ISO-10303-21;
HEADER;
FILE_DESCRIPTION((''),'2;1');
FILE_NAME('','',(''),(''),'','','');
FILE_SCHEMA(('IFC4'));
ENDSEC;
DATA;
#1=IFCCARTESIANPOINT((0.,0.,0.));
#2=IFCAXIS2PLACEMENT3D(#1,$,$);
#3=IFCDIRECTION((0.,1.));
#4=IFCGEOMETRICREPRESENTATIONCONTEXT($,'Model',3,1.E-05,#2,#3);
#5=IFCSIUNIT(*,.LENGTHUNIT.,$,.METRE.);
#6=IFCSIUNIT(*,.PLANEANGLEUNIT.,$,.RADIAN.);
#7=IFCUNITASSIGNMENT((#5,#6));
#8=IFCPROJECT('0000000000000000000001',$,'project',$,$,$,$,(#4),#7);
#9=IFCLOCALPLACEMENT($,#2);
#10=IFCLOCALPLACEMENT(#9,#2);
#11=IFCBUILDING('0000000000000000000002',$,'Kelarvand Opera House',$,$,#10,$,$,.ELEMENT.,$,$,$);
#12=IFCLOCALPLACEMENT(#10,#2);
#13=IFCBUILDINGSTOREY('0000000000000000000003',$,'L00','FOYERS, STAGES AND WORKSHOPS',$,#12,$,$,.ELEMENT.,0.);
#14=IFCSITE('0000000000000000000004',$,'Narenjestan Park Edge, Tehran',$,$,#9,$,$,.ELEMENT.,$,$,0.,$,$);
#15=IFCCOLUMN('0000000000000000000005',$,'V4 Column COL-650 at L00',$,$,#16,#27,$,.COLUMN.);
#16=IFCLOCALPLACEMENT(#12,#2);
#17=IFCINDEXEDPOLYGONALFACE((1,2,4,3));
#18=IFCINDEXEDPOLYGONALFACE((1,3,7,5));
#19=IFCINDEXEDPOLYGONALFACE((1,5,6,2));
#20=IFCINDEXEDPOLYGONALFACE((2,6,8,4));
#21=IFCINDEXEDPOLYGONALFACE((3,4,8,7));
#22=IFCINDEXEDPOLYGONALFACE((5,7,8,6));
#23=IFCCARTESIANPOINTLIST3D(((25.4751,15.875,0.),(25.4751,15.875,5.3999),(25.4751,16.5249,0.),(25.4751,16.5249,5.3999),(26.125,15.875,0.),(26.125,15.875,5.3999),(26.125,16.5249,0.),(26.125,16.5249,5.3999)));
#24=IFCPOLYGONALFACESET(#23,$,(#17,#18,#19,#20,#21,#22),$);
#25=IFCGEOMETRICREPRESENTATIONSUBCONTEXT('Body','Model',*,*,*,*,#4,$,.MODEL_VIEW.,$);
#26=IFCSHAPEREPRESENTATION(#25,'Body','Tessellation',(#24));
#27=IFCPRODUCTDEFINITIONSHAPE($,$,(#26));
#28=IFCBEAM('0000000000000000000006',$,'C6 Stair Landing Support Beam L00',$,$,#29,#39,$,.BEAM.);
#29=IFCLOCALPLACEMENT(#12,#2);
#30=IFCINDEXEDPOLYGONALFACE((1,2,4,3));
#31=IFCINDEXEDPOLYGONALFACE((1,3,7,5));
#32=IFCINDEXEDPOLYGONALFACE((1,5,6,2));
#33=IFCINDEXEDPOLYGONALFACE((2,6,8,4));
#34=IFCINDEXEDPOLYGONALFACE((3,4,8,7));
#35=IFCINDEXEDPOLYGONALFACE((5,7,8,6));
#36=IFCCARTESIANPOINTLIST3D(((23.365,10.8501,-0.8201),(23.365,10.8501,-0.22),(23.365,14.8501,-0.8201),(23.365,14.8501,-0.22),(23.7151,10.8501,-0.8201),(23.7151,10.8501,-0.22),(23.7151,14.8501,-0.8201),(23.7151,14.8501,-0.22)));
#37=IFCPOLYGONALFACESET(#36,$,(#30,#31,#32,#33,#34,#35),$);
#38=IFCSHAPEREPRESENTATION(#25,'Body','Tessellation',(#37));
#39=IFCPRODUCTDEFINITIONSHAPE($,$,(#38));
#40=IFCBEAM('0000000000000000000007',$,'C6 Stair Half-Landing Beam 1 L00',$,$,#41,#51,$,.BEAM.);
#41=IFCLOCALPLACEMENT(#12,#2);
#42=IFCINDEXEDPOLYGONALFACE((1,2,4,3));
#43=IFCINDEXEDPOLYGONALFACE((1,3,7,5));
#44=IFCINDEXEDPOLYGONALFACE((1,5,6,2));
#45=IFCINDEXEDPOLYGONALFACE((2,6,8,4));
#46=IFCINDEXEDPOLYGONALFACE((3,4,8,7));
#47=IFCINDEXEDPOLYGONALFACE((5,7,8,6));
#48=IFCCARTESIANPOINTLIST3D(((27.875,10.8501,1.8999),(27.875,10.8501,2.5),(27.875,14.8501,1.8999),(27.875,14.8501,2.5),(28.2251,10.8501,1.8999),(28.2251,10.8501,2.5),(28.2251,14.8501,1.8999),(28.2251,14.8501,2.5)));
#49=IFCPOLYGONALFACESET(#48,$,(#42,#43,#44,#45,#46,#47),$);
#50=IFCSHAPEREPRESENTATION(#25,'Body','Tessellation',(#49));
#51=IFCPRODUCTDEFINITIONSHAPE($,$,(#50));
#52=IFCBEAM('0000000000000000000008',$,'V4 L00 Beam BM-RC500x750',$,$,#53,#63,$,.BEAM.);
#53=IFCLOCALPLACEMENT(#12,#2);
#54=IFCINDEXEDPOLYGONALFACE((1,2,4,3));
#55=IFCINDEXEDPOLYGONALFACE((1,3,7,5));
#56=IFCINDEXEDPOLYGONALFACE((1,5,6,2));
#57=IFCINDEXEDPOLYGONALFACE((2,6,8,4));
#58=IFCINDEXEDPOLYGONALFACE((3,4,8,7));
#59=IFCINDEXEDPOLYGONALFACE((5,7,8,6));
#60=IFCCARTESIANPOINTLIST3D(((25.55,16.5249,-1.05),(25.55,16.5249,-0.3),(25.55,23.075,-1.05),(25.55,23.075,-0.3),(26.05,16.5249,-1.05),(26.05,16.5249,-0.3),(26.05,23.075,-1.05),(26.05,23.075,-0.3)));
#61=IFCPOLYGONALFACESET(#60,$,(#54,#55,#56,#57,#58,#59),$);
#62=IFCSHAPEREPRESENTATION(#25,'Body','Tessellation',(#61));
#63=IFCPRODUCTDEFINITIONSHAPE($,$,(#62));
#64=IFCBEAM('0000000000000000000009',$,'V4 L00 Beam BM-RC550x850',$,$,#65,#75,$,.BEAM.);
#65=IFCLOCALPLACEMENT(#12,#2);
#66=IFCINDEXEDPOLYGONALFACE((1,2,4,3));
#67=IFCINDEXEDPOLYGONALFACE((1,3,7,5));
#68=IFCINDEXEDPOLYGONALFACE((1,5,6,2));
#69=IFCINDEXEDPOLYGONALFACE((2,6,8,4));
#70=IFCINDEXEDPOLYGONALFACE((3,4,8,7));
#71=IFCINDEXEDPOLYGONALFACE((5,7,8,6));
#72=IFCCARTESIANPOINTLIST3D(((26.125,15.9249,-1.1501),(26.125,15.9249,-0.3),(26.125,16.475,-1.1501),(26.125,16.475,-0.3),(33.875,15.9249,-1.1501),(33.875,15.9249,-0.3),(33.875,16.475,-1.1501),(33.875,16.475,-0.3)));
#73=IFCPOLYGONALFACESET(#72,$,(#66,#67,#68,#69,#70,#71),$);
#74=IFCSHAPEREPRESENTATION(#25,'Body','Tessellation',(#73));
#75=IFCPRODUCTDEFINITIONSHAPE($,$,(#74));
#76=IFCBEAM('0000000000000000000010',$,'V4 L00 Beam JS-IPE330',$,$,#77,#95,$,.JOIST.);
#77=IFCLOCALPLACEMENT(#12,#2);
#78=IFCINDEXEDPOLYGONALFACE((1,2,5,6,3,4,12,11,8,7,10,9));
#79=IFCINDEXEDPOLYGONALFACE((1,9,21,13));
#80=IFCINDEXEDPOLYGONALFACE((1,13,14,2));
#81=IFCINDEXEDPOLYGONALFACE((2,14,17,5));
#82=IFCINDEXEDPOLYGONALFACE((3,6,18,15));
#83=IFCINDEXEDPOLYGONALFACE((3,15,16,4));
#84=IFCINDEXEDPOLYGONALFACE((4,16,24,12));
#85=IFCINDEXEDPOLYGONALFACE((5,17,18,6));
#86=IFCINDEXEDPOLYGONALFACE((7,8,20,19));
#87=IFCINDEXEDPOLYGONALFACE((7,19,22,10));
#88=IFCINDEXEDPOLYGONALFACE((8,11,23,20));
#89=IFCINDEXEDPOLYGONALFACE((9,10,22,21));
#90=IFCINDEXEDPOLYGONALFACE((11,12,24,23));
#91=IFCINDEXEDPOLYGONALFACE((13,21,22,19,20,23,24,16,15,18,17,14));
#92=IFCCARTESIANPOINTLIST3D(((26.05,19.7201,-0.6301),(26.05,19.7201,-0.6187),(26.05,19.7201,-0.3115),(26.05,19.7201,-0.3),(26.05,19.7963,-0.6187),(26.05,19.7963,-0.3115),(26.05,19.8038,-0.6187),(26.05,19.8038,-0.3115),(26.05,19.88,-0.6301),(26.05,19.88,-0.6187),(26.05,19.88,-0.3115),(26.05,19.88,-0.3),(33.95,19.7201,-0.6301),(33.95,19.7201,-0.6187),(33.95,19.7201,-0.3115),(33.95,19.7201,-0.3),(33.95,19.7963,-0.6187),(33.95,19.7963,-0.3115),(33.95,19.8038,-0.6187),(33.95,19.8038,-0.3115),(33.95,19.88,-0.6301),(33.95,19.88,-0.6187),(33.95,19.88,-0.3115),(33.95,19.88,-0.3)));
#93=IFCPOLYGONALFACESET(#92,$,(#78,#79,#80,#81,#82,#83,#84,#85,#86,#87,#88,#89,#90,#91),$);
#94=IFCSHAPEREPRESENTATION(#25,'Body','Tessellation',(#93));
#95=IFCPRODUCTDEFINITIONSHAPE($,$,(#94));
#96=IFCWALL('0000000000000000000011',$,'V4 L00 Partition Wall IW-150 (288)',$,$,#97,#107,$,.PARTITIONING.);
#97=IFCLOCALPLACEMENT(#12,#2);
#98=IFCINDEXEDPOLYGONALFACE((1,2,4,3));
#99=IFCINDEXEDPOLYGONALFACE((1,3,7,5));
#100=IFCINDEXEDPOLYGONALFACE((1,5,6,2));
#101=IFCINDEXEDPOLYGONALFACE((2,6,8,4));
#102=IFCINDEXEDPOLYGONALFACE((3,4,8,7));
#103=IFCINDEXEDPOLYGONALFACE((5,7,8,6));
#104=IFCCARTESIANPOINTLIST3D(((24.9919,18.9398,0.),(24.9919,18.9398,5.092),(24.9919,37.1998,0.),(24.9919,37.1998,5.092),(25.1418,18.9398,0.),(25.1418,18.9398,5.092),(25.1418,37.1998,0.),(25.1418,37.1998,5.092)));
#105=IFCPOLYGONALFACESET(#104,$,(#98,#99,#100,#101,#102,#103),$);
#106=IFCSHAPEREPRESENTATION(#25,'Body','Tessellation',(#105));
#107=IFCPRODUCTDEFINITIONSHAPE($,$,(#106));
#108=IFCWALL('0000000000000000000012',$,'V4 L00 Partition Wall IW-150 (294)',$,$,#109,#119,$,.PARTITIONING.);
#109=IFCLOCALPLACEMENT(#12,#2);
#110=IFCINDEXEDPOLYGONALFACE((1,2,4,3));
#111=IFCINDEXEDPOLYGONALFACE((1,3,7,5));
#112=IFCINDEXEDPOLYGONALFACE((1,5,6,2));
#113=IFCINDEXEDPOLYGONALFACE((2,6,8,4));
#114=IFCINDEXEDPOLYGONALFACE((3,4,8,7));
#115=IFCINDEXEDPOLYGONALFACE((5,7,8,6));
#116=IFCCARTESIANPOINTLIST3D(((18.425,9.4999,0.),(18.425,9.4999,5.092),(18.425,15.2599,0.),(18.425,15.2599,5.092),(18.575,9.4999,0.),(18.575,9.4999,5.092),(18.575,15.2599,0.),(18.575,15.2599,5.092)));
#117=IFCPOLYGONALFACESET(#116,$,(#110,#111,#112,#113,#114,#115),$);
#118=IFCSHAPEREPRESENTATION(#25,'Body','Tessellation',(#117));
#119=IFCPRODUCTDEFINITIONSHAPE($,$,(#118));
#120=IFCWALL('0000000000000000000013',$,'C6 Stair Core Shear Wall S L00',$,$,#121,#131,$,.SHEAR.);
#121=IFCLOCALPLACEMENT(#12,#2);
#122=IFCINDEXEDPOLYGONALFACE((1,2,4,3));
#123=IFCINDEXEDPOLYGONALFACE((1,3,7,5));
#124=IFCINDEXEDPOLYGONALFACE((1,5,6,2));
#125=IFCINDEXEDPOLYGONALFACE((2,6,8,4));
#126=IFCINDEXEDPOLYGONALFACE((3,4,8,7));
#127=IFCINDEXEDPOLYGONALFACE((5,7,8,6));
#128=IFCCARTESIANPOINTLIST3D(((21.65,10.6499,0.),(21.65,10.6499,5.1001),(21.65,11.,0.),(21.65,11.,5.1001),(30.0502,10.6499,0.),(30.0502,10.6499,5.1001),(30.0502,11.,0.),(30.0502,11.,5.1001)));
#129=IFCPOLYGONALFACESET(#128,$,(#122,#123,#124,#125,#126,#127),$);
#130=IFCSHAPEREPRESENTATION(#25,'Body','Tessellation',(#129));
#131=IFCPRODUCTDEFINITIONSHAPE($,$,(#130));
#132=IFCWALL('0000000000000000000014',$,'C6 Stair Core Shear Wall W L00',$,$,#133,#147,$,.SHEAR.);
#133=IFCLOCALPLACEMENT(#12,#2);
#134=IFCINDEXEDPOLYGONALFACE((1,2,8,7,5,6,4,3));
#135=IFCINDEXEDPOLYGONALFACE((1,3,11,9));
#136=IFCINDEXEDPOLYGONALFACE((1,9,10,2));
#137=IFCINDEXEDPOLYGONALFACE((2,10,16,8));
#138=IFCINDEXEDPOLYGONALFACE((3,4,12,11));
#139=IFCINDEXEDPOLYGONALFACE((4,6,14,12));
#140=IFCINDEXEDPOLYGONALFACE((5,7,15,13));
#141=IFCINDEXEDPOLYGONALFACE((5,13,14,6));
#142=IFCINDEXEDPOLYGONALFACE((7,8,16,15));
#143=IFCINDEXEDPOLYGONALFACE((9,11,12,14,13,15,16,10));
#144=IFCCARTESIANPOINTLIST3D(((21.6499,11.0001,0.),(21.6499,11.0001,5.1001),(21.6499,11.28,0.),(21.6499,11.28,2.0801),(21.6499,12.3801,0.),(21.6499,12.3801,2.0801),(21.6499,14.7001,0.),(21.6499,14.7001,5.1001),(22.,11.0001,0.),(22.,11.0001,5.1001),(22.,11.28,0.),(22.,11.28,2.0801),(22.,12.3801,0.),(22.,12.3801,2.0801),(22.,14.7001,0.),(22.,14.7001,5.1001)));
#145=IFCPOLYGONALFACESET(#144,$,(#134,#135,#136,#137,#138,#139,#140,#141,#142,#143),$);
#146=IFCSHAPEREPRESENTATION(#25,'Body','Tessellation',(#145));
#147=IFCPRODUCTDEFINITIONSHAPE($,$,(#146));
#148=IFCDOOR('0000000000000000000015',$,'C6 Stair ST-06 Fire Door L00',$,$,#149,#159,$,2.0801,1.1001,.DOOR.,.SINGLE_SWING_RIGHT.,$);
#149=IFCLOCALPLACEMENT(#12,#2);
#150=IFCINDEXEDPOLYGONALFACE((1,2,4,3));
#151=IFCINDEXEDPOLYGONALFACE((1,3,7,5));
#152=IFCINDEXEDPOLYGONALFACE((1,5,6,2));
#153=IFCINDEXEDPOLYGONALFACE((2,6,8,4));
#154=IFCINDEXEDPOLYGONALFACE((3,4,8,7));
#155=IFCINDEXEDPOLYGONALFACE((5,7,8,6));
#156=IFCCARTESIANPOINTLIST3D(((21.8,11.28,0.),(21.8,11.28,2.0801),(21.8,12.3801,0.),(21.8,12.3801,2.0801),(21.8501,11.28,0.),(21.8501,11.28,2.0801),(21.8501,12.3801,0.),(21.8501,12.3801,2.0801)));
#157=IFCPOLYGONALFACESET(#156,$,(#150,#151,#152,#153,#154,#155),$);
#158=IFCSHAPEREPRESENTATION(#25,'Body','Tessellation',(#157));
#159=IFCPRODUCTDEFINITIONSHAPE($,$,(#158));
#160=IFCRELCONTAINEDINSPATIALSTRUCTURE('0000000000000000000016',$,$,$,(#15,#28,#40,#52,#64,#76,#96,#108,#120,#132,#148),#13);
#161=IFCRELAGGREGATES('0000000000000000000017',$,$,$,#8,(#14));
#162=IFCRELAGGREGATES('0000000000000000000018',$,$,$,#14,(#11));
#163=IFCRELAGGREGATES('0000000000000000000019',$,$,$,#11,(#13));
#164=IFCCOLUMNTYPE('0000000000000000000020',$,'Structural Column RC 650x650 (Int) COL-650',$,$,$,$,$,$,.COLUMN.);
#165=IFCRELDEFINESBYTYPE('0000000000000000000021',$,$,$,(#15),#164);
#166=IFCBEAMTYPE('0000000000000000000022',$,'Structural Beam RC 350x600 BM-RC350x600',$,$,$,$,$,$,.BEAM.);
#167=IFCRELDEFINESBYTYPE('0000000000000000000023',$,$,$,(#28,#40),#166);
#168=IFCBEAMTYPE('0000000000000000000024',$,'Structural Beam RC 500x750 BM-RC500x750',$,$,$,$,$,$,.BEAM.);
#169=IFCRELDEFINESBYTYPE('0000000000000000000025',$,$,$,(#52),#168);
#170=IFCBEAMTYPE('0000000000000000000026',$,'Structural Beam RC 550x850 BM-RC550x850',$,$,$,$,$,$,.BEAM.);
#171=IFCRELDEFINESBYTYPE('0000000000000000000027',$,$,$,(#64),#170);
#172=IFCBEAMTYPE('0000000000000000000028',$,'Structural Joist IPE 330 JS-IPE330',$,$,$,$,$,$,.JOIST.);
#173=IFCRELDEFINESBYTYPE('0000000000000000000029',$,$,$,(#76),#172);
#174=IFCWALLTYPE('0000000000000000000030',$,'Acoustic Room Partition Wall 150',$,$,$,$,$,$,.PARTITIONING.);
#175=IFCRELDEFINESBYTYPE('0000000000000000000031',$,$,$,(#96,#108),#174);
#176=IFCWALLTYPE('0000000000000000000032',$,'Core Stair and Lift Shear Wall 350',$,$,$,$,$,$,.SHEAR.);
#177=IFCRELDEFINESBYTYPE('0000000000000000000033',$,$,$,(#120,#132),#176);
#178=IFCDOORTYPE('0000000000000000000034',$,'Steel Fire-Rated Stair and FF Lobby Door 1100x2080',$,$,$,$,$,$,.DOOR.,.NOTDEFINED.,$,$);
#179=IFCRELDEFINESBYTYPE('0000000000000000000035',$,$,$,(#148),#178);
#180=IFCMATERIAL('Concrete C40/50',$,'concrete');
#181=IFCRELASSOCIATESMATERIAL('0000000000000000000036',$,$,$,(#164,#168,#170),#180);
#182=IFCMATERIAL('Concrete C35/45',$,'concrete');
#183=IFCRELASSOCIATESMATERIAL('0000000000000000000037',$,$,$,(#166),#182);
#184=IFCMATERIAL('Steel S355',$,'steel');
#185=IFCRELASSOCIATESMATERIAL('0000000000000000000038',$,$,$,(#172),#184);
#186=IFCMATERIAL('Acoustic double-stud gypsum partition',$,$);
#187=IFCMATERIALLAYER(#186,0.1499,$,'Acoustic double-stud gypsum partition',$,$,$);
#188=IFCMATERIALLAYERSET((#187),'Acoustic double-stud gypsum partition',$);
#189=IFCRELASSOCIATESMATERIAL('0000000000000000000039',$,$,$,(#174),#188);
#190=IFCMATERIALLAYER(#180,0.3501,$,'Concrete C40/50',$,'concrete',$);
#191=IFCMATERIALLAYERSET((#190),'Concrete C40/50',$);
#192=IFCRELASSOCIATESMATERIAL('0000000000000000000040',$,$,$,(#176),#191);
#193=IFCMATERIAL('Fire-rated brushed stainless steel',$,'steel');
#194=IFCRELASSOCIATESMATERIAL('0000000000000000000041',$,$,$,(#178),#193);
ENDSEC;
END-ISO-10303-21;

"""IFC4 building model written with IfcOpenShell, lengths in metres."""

from ifc_helpers import new_model, si_unit, direction, frame, frame_2d, origin, origin_2d, place, context, subcontext, project, spatial, rectangle, i_section, extrude, material, layer, layer_set, material_profile, profile_set, type_object, element, fill, save


model = new_model("IFC4")

# Units and contexts
model_context = context("Model", 3, precision=1e-05, world=origin(), true_north=direction((0.0, 1.0)))
body_context = subcontext(model_context, "Body", "Model", "MODEL_VIEW")
ifc_project = project(units=[si_unit("LENGTHUNIT", "METRE"), si_unit("PLANEANGLEUNIT", "RADIAN")], contexts=[model_context])

# Site, building, storey
site_placement = place(None, origin())
site = spatial("IfcSite", under=ifc_project, at=site_placement, Name="Narenjestan Park Edge, Tehran", CompositionType="ELEMENT", RefElevation=0.0)
building_placement = place(site_placement, origin())
building = spatial("IfcBuilding", under=site, at=building_placement, Name="Kelarvand Opera House", CompositionType="ELEMENT")
storey_placement = place(building_placement, origin())
storey = spatial("IfcBuildingStorey", under=building, at=storey_placement, Name="L00", Description="FOYERS, STAGES AND WORKSHOPS", CompositionType="ELEMENT", Elevation=0.0)

# Column
ifc_material_1 = material(Name="Concrete C40/50", Category="concrete")
ifc_material_profile_1 = material_profile(ifc_material_1, rectangle(XDim=0.6499, YDim=0.6499, at=origin_2d()), Name="RC 650x650", Category="concrete")
ifc_profile_set_1 = profile_set([ifc_material_profile_1], Name="Concrete C40/50")
column_type = type_object("IfcColumnType", Name="Structural Column RC 650x650 (Int) COL-650", PredefinedType="COLUMN", material=ifc_profile_set_1)
column_placement = place(storey_placement, frame((25.8, 16.2, 0.0), z_axis=(0.0, 0.0, 1.0), x_axis=(1.0, 0.0, 0.0)))
element("IfcColumn", 1, at=column_placement, inside=storey, type_object=column_type, Name="V4 Column COL-650 at L00", PredefinedType="COLUMN", context=body_context, shape_type="SweptSolid", body=[
    extrude(rectangle(XDim=0.6499, YDim=0.6499, at=origin_2d()), origin(), (0.0, 0.0, 1.0), 5.3999),
])

# Beams
ifc_material_2 = material(Name="Concrete C35/45", Category="concrete")
ifc_material_profile_2 = material_profile(ifc_material_2, rectangle(XDim=0.3501, YDim=0.6001, at=origin_2d()), Name="RC 350x600", Category="concrete")
ifc_profile_set_2 = profile_set([ifc_material_profile_2], Name="Concrete C35/45")
beam_type_1 = type_object("IfcBeamType", Name="Structural Beam RC 350x600 BM-RC350x600", PredefinedType="BEAM", material=ifc_profile_set_2)
for number, where, z_axis, x_axis, name in (
    (2, (23.54, 10.8501, -0.52), (0.0, 1.0, 0.0), (-1.0, 0.0, 0.0), "C6 Stair Landing Support Beam L00"),
    (3, (28.05, 10.8501, 2.2), (0.0, 1.0, 0.0), (-1.0, 0.0, 0.0), "C6 Stair Half-Landing Beam 1 L00"),
):
    element("IfcBeam", number, at=place(storey_placement, frame(where, z_axis=z_axis, x_axis=x_axis)), inside=storey, type_object=beam_type_1, Name=name, PredefinedType="BEAM", context=body_context, shape_type="SweptSolid", body=[
        extrude(rectangle(XDim=0.3501, YDim=0.6001, at=origin_2d()), origin(), (0.0, 0.0, 1.0), 4.0),
    ])
ifc_material_profile_3 = material_profile(ifc_material_1, rectangle(XDim=0.5, YDim=0.75, at=origin_2d()), Name="RC 500x750", Category="concrete")
ifc_profile_set_3 = profile_set([ifc_material_profile_3], Name="Concrete C40/50")
beam_type_2 = type_object("IfcBeamType", Name="Structural Beam RC 500x750 BM-RC500x750", PredefinedType="BEAM", material=ifc_profile_set_3)
beam_1_placement = place(storey_placement, frame((25.8, 16.5249, -0.675), z_axis=(0.0, 1.0, 0.0), x_axis=(-1.0, 0.0, 0.0)))
element("IfcBeam", 4, at=beam_1_placement, inside=storey, type_object=beam_type_2, Name="V4 L00 Beam BM-RC500x750", PredefinedType="BEAM", context=body_context, shape_type="SweptSolid", body=[
    extrude(rectangle(XDim=0.5, YDim=0.75, at=origin_2d()), origin(), (0.0, 0.0, 1.0), 6.55),
])
ifc_material_profile_4 = material_profile(ifc_material_1, rectangle(XDim=0.55, YDim=0.8501, at=origin_2d()), Name="RC 550x850", Category="concrete")
ifc_profile_set_4 = profile_set([ifc_material_profile_4], Name="Concrete C40/50")
beam_type_3 = type_object("IfcBeamType", Name="Structural Beam RC 550x850 BM-RC550x850", PredefinedType="BEAM", material=ifc_profile_set_4)
beam_2_placement = place(storey_placement, frame((26.125, 16.2, -0.7251), z_axis=(1.0, 0.0, 0.0), x_axis=(0.0, 1.0, 0.0)))
element("IfcBeam", 5, at=beam_2_placement, inside=storey, type_object=beam_type_3, Name="V4 L00 Beam BM-RC550x850", PredefinedType="BEAM", context=body_context, shape_type="SweptSolid", body=[
    extrude(rectangle(XDim=0.55, YDim=0.8501, at=origin_2d()), origin(), (0.0, 0.0, 1.0), 7.75),
])
ifc_material_3 = material(Name="Steel S355", Category="steel")
ifc_material_profile_5 = material_profile(ifc_material_3, i_section(OverallWidth=0.1599, OverallDepth=0.3301, WebThickness=0.0076, FlangeThickness=0.0115, at=origin_2d()), Name="IPE 330", Category="steel")
ifc_profile_set_5 = profile_set([ifc_material_profile_5], Name="Steel S355")
beam_type_4 = type_object("IfcBeamType", Name="Structural Joist IPE 330 JS-IPE330", PredefinedType="JOIST", material=ifc_profile_set_5)
beam_3_placement = place(storey_placement, frame((26.05, 19.8, -0.4651), z_axis=(1.0, 0.0, 0.0), x_axis=(0.0, 1.0, 0.0)))
element("IfcBeam", 6, at=beam_3_placement, inside=storey, type_object=beam_type_4, Name="V4 L00 Beam JS-IPE330", PredefinedType="JOIST", context=body_context, shape_type="SweptSolid", body=[
    extrude(i_section(OverallWidth=0.1599, OverallDepth=0.3301, WebThickness=0.0076, FlangeThickness=0.0115, at=origin_2d()), origin(), (0.0, 0.0, 1.0), 7.8999),
])

# Walls
ifc_material_4 = material(Name="Acoustic double-stud gypsum partition")
ifc_layer_1 = layer(ifc_material_4, 0.1499, Name="Acoustic double-stud gypsum partition")
ifc_layer_set_1 = layer_set([ifc_layer_1], Name="Acoustic double-stud gypsum partition")
wall_type_1 = type_object("IfcWallType", Name="Acoustic Room Partition Wall 150", PredefinedType="PARTITIONING", material=ifc_layer_set_1)
wall_1_placement = place(storey_placement, frame((25.0669, 18.9399, 0.0), z_axis=(0.0, 0.0, 1.0), x_axis=(0.0, 1.0, 0.0)))
element("IfcWall", 7, at=wall_1_placement, inside=storey, type_object=wall_type_1, Name="V4 L00 Partition Wall IW-150 (288)", PredefinedType="PARTITIONING", context=body_context, shape_type="SweptSolid", body=[
    extrude(rectangle(XDim=18.26, YDim=0.1499, at=frame_2d((9.1299, 0.0))), origin(), (0.0, 0.0, 1.0), 5.092),
])
wall_2_placement = place(storey_placement, frame((18.5, 9.5, 0.0), z_axis=(0.0, 0.0, 1.0), x_axis=(0.0, 1.0, 0.0)))
element("IfcWall", 8, at=wall_2_placement, inside=storey, type_object=wall_type_1, Name="V4 L00 Partition Wall IW-150 (294)", PredefinedType="PARTITIONING", context=body_context, shape_type="SweptSolid", body=[
    extrude(rectangle(XDim=5.76, YDim=0.1499, at=frame_2d((2.8799, 0.0))), origin(), (0.0, 0.0, 1.0), 5.092),
])
ifc_layer_2 = layer(ifc_material_1, 0.3501, Name="Concrete C40/50", Category="concrete")
ifc_layer_set_2 = layer_set([ifc_layer_2], Name="Concrete C40/50")
wall_type_2 = type_object("IfcWallType", Name="Core Stair and Lift Shear Wall 350", PredefinedType="SHEAR", material=ifc_layer_set_2)
wall_3_placement = place(storey_placement, frame((21.6499, 10.825, 0.0), z_axis=(0.0, 0.0, 1.0), x_axis=(1.0, 0.0, 0.0)))
element("IfcWall", 9, at=wall_3_placement, inside=storey, type_object=wall_type_2, Name="C6 Stair Core Shear Wall S L00", PredefinedType="SHEAR", context=body_context, shape_type="SweptSolid", body=[
    extrude(rectangle(XDim=8.4001, YDim=0.3501, at=frame_2d((4.2002, 0.0))), origin(), (0.0, 0.0, 1.0), 5.1001),
])

# Wall, opening, door
wall_4_placement = place(storey_placement, frame((21.825, 11.0, 0.0), z_axis=(0.0, 0.0, 1.0), x_axis=(0.0, 1.0, 0.0)))
wall_4 = element("IfcWall", 10, at=wall_4_placement, inside=storey, type_object=wall_type_2, Name="C6 Stair Core Shear Wall W L00", PredefinedType="SHEAR", context=body_context, shape_type="SweptSolid", body=[
    extrude(rectangle(XDim=3.7, YDim=0.3501, at=frame_2d((1.8501, 0.0))), origin(), (0.0, 0.0, 1.0), 5.1001),
])
opening_1_placement = place(wall_4_placement, frame((0.28, 0.0, 0.0)))
opening_1 = element("IfcOpeningElement", 11, at=opening_1_placement, cuts=wall_4, PredefinedType="OPENING", context=body_context, shape_type="SweptSolid", body=[
    extrude(rectangle(XDim=1.1001, YDim=2.0801, at=frame_2d((0.55, 1.04))), frame((0.0, 0.1851, 0.0), z_axis=(0.0, -1.0, 0.0), x_axis=(1.0, 0.0, 0.0)), (0.0, 0.0, 1.0), 0.3701),
])
ifc_material_5 = material(Name="Fire-rated brushed stainless steel", Category="steel")
door_type_1 = type_object("IfcDoorType", Name="Steel Fire-Rated Stair and FF Lobby Door 1100x2080", OperationType="NOTDEFINED", PredefinedType="DOOR", material=ifc_material_5)
door_1_placement = place(opening_1_placement, origin())
door_1 = element("IfcDoor", 12, at=door_1_placement, inside=storey, type_object=door_type_1, Name="C6 Stair ST-06 Fire Door L00", OperationType="SINGLE_SWING_RIGHT", OverallHeight=2.0801, OverallWidth=1.1001, PredefinedType="DOOR", context=body_context, shape_type="SweptSolid", body=[
    extrude(rectangle(XDim=1.1001, YDim=2.0801, at=frame_2d((0.55, 1.04))), frame((0.0, 0.0249, 0.0), z_axis=(0.0, -1.0, 0.0), x_axis=(1.0, 0.0, 0.0)), (0.0, 0.0, 1.0), 0.05),
])
fill(opening_1, door_1)

save(model, "model.ifc")
